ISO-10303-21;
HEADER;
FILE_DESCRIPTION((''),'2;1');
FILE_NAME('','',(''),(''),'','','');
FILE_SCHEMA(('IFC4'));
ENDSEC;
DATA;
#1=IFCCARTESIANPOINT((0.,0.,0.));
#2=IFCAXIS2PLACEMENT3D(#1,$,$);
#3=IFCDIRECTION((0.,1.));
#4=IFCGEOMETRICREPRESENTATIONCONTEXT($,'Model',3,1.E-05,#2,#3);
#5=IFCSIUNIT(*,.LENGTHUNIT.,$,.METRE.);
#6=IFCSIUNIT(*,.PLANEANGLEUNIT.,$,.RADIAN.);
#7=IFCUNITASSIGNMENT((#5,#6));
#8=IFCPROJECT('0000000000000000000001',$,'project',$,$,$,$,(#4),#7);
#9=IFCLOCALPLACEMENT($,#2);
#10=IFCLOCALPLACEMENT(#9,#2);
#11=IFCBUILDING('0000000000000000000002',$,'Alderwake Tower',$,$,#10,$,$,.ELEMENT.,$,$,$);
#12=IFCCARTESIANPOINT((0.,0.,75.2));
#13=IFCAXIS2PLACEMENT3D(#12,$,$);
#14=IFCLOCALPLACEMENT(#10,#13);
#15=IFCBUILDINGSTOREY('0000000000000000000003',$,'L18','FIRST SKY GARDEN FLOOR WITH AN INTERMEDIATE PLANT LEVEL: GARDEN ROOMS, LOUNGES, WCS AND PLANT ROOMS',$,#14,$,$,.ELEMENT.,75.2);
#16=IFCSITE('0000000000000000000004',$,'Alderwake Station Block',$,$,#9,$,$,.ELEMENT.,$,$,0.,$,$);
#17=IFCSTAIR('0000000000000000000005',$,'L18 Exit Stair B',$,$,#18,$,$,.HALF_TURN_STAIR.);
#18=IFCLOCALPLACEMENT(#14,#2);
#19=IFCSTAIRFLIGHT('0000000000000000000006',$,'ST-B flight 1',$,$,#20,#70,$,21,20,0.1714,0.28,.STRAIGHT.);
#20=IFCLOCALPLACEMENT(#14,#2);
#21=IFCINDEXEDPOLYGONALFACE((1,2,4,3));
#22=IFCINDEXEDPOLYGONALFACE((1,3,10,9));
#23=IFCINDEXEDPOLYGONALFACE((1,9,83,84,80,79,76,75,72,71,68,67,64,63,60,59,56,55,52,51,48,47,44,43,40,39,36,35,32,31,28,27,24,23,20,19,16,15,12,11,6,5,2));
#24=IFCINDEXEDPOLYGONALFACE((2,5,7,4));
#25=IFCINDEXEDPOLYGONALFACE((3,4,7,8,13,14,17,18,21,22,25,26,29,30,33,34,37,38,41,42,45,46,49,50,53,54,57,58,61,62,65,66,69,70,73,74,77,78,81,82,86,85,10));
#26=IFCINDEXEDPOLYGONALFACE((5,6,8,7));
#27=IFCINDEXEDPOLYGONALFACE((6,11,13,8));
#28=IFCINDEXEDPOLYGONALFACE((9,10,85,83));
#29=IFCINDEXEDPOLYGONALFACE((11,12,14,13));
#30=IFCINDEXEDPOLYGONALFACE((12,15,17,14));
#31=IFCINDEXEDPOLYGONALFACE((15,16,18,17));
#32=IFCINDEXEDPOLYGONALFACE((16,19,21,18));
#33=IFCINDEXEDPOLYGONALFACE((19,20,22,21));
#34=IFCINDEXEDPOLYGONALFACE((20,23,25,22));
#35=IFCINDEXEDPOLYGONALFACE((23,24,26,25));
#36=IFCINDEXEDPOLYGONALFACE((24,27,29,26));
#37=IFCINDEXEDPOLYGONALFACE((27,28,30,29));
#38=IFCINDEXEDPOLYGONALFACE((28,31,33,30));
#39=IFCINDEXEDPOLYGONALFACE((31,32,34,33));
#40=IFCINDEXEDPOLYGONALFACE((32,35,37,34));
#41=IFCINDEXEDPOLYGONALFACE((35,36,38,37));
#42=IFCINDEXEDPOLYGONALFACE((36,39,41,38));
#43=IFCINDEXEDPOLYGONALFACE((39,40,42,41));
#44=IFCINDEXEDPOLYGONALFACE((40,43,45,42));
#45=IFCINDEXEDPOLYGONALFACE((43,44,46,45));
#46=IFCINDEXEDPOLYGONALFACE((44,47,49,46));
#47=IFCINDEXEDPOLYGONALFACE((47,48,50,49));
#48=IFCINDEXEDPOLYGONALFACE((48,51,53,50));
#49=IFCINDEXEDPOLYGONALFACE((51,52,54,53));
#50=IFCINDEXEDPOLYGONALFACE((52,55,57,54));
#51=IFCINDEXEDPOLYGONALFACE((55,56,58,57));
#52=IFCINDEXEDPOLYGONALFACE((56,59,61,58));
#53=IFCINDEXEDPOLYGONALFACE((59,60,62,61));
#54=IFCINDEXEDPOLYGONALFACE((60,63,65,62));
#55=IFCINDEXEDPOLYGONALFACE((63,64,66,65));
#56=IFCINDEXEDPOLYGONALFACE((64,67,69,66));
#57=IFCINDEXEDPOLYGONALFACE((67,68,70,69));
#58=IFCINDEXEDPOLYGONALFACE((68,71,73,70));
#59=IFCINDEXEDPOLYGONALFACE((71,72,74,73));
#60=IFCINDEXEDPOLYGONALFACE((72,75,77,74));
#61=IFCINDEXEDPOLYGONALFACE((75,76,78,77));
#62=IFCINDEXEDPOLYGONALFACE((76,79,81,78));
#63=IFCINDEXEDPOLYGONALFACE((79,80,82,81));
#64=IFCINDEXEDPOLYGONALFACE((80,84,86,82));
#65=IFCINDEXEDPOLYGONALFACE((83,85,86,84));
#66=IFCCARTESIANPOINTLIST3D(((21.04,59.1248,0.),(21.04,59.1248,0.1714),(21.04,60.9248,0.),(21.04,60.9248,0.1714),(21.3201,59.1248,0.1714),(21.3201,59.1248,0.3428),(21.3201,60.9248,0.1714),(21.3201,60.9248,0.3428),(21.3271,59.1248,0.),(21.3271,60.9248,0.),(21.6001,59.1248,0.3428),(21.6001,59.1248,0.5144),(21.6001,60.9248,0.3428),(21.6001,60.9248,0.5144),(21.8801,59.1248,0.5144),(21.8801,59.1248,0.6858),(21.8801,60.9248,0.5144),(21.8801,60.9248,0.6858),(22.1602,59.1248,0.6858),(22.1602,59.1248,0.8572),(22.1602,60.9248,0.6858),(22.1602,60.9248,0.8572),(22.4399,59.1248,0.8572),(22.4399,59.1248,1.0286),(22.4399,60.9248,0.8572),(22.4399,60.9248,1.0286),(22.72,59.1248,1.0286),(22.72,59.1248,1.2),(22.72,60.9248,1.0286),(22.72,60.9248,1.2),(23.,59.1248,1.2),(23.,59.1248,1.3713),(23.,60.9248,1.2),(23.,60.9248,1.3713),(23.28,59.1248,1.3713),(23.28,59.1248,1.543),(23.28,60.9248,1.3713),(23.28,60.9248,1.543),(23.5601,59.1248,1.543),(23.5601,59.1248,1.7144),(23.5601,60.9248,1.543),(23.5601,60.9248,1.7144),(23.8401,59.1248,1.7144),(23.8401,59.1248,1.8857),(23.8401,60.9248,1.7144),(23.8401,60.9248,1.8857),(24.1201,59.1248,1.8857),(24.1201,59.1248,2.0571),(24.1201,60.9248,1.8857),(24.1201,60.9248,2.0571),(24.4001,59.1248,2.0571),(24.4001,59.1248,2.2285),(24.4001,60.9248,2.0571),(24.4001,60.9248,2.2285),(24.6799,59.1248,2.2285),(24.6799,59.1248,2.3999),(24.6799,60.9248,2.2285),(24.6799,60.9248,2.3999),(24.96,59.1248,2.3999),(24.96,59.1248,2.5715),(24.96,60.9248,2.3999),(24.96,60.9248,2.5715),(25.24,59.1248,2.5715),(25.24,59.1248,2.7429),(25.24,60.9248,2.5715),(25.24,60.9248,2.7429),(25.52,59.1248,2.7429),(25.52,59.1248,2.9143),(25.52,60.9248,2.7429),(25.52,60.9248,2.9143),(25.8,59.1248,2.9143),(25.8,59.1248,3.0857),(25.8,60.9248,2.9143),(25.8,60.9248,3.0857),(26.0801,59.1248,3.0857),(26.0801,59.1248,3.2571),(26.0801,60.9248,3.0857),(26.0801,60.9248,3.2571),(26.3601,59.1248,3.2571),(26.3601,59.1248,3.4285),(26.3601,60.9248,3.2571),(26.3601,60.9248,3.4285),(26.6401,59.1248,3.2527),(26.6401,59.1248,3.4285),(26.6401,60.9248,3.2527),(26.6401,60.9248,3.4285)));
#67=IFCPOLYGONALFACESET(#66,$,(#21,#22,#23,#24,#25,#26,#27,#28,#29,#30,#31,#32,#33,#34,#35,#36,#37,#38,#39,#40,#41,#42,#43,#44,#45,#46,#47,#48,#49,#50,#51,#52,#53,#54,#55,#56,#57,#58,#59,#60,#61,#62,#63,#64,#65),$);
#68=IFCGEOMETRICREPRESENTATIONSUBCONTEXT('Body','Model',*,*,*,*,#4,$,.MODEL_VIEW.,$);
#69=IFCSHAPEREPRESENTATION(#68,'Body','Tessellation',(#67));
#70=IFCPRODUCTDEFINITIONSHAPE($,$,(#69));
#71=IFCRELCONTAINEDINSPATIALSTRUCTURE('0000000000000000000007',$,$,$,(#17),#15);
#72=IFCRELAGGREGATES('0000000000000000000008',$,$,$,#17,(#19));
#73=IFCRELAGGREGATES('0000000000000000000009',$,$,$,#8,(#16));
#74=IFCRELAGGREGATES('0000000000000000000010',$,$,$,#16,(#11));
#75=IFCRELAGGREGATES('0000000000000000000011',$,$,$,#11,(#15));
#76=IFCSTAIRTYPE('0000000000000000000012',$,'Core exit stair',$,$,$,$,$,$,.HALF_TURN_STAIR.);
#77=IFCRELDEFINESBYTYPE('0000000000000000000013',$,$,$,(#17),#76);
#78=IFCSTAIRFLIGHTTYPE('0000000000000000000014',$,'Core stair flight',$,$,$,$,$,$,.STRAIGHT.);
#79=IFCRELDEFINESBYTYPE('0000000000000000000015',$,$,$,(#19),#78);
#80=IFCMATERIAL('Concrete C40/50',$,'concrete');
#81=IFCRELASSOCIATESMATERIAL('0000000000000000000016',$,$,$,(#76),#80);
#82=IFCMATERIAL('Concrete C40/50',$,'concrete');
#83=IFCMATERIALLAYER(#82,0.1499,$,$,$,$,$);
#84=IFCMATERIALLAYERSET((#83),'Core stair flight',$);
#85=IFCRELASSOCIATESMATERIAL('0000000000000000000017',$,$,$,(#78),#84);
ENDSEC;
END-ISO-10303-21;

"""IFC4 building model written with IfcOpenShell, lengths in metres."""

from ifc_helpers import new_model, si_unit, direction, frame, origin, place, context, subcontext, project, spatial, polyline, outline, extrude, material, layer, layer_set, type_object, element, aggregate, save


model = new_model("IFC4")

# Units and contexts
model_context = context("Model", 3, precision=1e-05, world=origin(), true_north=direction((0.0, 1.0)))
body_context = subcontext(model_context, "Body", "Model", "MODEL_VIEW")
ifc_project = project(units=[si_unit("LENGTHUNIT", "METRE"), si_unit("PLANEANGLEUNIT", "RADIAN")], contexts=[model_context])

# Site, building, storey
site_placement = place(None, origin())
site = spatial("IfcSite", under=ifc_project, at=site_placement, Name="Alderwake Station Block", CompositionType="ELEMENT", RefElevation=0.0)
building_placement = place(site_placement, origin())
building = spatial("IfcBuilding", under=site, at=building_placement, Name="Alderwake Tower", CompositionType="ELEMENT")
storey_placement = place(building_placement, frame((0.0, 0.0, 75.2)))
storey = spatial("IfcBuildingStorey", under=building, at=storey_placement, Name="L18", Description="FIRST SKY GARDEN FLOOR WITH AN INTERMEDIATE PLANT LEVEL: GARDEN ROOMS, LOUNGES, WCS AND PLANT ROOMS", CompositionType="ELEMENT", Elevation=75.2)

# Stair, stair flight
ifc_material_1 = material(Name="Concrete C40/50", Category="concrete")
stair_type = type_object("IfcStairType", Name="Core exit stair", PredefinedType="HALF_TURN_STAIR", material=ifc_material_1)
stair_placement = place(storey_placement, origin())
stair = element("IfcStair", 1, at=stair_placement, inside=storey, type_object=stair_type, Name="L18 Exit Stair B", PredefinedType="HALF_TURN_STAIR")
ifc_material_2 = material(Name="Concrete C40/50", Category="concrete")
ifc_layer_1 = layer(ifc_material_2, 0.1499)
ifc_layer_set_1 = layer_set([ifc_layer_1], Name="Core stair flight")
stair_flight_type = type_object("IfcStairFlightType", Name="Core stair flight", PredefinedType="STRAIGHT", material=ifc_layer_set_1)
stair_flight_placement = place(storey_placement, frame((21.04, 60.0249, 0.0), z_axis=(0.0, 0.0, 1.0), x_axis=(1.0, 0.0, 0.0)))
stair_flight = element("IfcStairFlight", 2, at=stair_flight_placement, type_object=stair_flight_type, Name="ST-B flight 1", NumberOfRisers=21, NumberOfTreads=20, PredefinedType="STRAIGHT", RiserHeight=0.1714, TreadLength=0.28, context=body_context, shape_type="SweptSolid", body=[
    extrude(outline(polyline([(0.0, 0.0), (0.0, 0.1714), (0.28, 0.1714), (0.28, 0.3428), (0.5601, 0.3428), (0.5601, 0.5144), (0.8401, 0.5144), (0.8401, 0.6858), (1.1201, 0.6858), (1.1201, 0.8572), (1.3999, 0.8572), (1.3999, 1.0286), (1.6799, 1.0286), (1.6799, 1.2), (1.96, 1.2), (1.96, 1.3713), (2.24, 1.3713), (2.24, 1.543), (2.52, 1.543), (2.52, 1.7144), (2.8, 1.7144), (2.8, 1.8857), (3.0801, 1.8857), (3.0801, 2.0571), (3.3601, 2.0571), (3.3601, 2.2285), (3.6399, 2.2285), (3.6399, 2.3999), (3.9199, 2.3999), (3.9199, 2.5715), (4.2, 2.5715), (4.2, 2.7429), (4.48, 2.7429), (4.48, 2.9143), (4.76, 2.9143), (4.76, 3.0857), (5.04, 3.0857), (5.04, 3.2571), (5.3201, 3.2571), (5.3201, 3.4285), (5.6001, 3.4285), (5.6001, 3.6001), (5.6001, 3.2527), (0.2871, 0.0), (0.0, 0.0)])), frame((0.0, 0.8999, 0.0), z_axis=(0.0, -1.0, 0.0), x_axis=(1.0, 0.0, 0.0)), (0.0, 0.0, 1.0), 1.8),
])
aggregate(stair, [stair_flight])

save(model, "model.ifc")
